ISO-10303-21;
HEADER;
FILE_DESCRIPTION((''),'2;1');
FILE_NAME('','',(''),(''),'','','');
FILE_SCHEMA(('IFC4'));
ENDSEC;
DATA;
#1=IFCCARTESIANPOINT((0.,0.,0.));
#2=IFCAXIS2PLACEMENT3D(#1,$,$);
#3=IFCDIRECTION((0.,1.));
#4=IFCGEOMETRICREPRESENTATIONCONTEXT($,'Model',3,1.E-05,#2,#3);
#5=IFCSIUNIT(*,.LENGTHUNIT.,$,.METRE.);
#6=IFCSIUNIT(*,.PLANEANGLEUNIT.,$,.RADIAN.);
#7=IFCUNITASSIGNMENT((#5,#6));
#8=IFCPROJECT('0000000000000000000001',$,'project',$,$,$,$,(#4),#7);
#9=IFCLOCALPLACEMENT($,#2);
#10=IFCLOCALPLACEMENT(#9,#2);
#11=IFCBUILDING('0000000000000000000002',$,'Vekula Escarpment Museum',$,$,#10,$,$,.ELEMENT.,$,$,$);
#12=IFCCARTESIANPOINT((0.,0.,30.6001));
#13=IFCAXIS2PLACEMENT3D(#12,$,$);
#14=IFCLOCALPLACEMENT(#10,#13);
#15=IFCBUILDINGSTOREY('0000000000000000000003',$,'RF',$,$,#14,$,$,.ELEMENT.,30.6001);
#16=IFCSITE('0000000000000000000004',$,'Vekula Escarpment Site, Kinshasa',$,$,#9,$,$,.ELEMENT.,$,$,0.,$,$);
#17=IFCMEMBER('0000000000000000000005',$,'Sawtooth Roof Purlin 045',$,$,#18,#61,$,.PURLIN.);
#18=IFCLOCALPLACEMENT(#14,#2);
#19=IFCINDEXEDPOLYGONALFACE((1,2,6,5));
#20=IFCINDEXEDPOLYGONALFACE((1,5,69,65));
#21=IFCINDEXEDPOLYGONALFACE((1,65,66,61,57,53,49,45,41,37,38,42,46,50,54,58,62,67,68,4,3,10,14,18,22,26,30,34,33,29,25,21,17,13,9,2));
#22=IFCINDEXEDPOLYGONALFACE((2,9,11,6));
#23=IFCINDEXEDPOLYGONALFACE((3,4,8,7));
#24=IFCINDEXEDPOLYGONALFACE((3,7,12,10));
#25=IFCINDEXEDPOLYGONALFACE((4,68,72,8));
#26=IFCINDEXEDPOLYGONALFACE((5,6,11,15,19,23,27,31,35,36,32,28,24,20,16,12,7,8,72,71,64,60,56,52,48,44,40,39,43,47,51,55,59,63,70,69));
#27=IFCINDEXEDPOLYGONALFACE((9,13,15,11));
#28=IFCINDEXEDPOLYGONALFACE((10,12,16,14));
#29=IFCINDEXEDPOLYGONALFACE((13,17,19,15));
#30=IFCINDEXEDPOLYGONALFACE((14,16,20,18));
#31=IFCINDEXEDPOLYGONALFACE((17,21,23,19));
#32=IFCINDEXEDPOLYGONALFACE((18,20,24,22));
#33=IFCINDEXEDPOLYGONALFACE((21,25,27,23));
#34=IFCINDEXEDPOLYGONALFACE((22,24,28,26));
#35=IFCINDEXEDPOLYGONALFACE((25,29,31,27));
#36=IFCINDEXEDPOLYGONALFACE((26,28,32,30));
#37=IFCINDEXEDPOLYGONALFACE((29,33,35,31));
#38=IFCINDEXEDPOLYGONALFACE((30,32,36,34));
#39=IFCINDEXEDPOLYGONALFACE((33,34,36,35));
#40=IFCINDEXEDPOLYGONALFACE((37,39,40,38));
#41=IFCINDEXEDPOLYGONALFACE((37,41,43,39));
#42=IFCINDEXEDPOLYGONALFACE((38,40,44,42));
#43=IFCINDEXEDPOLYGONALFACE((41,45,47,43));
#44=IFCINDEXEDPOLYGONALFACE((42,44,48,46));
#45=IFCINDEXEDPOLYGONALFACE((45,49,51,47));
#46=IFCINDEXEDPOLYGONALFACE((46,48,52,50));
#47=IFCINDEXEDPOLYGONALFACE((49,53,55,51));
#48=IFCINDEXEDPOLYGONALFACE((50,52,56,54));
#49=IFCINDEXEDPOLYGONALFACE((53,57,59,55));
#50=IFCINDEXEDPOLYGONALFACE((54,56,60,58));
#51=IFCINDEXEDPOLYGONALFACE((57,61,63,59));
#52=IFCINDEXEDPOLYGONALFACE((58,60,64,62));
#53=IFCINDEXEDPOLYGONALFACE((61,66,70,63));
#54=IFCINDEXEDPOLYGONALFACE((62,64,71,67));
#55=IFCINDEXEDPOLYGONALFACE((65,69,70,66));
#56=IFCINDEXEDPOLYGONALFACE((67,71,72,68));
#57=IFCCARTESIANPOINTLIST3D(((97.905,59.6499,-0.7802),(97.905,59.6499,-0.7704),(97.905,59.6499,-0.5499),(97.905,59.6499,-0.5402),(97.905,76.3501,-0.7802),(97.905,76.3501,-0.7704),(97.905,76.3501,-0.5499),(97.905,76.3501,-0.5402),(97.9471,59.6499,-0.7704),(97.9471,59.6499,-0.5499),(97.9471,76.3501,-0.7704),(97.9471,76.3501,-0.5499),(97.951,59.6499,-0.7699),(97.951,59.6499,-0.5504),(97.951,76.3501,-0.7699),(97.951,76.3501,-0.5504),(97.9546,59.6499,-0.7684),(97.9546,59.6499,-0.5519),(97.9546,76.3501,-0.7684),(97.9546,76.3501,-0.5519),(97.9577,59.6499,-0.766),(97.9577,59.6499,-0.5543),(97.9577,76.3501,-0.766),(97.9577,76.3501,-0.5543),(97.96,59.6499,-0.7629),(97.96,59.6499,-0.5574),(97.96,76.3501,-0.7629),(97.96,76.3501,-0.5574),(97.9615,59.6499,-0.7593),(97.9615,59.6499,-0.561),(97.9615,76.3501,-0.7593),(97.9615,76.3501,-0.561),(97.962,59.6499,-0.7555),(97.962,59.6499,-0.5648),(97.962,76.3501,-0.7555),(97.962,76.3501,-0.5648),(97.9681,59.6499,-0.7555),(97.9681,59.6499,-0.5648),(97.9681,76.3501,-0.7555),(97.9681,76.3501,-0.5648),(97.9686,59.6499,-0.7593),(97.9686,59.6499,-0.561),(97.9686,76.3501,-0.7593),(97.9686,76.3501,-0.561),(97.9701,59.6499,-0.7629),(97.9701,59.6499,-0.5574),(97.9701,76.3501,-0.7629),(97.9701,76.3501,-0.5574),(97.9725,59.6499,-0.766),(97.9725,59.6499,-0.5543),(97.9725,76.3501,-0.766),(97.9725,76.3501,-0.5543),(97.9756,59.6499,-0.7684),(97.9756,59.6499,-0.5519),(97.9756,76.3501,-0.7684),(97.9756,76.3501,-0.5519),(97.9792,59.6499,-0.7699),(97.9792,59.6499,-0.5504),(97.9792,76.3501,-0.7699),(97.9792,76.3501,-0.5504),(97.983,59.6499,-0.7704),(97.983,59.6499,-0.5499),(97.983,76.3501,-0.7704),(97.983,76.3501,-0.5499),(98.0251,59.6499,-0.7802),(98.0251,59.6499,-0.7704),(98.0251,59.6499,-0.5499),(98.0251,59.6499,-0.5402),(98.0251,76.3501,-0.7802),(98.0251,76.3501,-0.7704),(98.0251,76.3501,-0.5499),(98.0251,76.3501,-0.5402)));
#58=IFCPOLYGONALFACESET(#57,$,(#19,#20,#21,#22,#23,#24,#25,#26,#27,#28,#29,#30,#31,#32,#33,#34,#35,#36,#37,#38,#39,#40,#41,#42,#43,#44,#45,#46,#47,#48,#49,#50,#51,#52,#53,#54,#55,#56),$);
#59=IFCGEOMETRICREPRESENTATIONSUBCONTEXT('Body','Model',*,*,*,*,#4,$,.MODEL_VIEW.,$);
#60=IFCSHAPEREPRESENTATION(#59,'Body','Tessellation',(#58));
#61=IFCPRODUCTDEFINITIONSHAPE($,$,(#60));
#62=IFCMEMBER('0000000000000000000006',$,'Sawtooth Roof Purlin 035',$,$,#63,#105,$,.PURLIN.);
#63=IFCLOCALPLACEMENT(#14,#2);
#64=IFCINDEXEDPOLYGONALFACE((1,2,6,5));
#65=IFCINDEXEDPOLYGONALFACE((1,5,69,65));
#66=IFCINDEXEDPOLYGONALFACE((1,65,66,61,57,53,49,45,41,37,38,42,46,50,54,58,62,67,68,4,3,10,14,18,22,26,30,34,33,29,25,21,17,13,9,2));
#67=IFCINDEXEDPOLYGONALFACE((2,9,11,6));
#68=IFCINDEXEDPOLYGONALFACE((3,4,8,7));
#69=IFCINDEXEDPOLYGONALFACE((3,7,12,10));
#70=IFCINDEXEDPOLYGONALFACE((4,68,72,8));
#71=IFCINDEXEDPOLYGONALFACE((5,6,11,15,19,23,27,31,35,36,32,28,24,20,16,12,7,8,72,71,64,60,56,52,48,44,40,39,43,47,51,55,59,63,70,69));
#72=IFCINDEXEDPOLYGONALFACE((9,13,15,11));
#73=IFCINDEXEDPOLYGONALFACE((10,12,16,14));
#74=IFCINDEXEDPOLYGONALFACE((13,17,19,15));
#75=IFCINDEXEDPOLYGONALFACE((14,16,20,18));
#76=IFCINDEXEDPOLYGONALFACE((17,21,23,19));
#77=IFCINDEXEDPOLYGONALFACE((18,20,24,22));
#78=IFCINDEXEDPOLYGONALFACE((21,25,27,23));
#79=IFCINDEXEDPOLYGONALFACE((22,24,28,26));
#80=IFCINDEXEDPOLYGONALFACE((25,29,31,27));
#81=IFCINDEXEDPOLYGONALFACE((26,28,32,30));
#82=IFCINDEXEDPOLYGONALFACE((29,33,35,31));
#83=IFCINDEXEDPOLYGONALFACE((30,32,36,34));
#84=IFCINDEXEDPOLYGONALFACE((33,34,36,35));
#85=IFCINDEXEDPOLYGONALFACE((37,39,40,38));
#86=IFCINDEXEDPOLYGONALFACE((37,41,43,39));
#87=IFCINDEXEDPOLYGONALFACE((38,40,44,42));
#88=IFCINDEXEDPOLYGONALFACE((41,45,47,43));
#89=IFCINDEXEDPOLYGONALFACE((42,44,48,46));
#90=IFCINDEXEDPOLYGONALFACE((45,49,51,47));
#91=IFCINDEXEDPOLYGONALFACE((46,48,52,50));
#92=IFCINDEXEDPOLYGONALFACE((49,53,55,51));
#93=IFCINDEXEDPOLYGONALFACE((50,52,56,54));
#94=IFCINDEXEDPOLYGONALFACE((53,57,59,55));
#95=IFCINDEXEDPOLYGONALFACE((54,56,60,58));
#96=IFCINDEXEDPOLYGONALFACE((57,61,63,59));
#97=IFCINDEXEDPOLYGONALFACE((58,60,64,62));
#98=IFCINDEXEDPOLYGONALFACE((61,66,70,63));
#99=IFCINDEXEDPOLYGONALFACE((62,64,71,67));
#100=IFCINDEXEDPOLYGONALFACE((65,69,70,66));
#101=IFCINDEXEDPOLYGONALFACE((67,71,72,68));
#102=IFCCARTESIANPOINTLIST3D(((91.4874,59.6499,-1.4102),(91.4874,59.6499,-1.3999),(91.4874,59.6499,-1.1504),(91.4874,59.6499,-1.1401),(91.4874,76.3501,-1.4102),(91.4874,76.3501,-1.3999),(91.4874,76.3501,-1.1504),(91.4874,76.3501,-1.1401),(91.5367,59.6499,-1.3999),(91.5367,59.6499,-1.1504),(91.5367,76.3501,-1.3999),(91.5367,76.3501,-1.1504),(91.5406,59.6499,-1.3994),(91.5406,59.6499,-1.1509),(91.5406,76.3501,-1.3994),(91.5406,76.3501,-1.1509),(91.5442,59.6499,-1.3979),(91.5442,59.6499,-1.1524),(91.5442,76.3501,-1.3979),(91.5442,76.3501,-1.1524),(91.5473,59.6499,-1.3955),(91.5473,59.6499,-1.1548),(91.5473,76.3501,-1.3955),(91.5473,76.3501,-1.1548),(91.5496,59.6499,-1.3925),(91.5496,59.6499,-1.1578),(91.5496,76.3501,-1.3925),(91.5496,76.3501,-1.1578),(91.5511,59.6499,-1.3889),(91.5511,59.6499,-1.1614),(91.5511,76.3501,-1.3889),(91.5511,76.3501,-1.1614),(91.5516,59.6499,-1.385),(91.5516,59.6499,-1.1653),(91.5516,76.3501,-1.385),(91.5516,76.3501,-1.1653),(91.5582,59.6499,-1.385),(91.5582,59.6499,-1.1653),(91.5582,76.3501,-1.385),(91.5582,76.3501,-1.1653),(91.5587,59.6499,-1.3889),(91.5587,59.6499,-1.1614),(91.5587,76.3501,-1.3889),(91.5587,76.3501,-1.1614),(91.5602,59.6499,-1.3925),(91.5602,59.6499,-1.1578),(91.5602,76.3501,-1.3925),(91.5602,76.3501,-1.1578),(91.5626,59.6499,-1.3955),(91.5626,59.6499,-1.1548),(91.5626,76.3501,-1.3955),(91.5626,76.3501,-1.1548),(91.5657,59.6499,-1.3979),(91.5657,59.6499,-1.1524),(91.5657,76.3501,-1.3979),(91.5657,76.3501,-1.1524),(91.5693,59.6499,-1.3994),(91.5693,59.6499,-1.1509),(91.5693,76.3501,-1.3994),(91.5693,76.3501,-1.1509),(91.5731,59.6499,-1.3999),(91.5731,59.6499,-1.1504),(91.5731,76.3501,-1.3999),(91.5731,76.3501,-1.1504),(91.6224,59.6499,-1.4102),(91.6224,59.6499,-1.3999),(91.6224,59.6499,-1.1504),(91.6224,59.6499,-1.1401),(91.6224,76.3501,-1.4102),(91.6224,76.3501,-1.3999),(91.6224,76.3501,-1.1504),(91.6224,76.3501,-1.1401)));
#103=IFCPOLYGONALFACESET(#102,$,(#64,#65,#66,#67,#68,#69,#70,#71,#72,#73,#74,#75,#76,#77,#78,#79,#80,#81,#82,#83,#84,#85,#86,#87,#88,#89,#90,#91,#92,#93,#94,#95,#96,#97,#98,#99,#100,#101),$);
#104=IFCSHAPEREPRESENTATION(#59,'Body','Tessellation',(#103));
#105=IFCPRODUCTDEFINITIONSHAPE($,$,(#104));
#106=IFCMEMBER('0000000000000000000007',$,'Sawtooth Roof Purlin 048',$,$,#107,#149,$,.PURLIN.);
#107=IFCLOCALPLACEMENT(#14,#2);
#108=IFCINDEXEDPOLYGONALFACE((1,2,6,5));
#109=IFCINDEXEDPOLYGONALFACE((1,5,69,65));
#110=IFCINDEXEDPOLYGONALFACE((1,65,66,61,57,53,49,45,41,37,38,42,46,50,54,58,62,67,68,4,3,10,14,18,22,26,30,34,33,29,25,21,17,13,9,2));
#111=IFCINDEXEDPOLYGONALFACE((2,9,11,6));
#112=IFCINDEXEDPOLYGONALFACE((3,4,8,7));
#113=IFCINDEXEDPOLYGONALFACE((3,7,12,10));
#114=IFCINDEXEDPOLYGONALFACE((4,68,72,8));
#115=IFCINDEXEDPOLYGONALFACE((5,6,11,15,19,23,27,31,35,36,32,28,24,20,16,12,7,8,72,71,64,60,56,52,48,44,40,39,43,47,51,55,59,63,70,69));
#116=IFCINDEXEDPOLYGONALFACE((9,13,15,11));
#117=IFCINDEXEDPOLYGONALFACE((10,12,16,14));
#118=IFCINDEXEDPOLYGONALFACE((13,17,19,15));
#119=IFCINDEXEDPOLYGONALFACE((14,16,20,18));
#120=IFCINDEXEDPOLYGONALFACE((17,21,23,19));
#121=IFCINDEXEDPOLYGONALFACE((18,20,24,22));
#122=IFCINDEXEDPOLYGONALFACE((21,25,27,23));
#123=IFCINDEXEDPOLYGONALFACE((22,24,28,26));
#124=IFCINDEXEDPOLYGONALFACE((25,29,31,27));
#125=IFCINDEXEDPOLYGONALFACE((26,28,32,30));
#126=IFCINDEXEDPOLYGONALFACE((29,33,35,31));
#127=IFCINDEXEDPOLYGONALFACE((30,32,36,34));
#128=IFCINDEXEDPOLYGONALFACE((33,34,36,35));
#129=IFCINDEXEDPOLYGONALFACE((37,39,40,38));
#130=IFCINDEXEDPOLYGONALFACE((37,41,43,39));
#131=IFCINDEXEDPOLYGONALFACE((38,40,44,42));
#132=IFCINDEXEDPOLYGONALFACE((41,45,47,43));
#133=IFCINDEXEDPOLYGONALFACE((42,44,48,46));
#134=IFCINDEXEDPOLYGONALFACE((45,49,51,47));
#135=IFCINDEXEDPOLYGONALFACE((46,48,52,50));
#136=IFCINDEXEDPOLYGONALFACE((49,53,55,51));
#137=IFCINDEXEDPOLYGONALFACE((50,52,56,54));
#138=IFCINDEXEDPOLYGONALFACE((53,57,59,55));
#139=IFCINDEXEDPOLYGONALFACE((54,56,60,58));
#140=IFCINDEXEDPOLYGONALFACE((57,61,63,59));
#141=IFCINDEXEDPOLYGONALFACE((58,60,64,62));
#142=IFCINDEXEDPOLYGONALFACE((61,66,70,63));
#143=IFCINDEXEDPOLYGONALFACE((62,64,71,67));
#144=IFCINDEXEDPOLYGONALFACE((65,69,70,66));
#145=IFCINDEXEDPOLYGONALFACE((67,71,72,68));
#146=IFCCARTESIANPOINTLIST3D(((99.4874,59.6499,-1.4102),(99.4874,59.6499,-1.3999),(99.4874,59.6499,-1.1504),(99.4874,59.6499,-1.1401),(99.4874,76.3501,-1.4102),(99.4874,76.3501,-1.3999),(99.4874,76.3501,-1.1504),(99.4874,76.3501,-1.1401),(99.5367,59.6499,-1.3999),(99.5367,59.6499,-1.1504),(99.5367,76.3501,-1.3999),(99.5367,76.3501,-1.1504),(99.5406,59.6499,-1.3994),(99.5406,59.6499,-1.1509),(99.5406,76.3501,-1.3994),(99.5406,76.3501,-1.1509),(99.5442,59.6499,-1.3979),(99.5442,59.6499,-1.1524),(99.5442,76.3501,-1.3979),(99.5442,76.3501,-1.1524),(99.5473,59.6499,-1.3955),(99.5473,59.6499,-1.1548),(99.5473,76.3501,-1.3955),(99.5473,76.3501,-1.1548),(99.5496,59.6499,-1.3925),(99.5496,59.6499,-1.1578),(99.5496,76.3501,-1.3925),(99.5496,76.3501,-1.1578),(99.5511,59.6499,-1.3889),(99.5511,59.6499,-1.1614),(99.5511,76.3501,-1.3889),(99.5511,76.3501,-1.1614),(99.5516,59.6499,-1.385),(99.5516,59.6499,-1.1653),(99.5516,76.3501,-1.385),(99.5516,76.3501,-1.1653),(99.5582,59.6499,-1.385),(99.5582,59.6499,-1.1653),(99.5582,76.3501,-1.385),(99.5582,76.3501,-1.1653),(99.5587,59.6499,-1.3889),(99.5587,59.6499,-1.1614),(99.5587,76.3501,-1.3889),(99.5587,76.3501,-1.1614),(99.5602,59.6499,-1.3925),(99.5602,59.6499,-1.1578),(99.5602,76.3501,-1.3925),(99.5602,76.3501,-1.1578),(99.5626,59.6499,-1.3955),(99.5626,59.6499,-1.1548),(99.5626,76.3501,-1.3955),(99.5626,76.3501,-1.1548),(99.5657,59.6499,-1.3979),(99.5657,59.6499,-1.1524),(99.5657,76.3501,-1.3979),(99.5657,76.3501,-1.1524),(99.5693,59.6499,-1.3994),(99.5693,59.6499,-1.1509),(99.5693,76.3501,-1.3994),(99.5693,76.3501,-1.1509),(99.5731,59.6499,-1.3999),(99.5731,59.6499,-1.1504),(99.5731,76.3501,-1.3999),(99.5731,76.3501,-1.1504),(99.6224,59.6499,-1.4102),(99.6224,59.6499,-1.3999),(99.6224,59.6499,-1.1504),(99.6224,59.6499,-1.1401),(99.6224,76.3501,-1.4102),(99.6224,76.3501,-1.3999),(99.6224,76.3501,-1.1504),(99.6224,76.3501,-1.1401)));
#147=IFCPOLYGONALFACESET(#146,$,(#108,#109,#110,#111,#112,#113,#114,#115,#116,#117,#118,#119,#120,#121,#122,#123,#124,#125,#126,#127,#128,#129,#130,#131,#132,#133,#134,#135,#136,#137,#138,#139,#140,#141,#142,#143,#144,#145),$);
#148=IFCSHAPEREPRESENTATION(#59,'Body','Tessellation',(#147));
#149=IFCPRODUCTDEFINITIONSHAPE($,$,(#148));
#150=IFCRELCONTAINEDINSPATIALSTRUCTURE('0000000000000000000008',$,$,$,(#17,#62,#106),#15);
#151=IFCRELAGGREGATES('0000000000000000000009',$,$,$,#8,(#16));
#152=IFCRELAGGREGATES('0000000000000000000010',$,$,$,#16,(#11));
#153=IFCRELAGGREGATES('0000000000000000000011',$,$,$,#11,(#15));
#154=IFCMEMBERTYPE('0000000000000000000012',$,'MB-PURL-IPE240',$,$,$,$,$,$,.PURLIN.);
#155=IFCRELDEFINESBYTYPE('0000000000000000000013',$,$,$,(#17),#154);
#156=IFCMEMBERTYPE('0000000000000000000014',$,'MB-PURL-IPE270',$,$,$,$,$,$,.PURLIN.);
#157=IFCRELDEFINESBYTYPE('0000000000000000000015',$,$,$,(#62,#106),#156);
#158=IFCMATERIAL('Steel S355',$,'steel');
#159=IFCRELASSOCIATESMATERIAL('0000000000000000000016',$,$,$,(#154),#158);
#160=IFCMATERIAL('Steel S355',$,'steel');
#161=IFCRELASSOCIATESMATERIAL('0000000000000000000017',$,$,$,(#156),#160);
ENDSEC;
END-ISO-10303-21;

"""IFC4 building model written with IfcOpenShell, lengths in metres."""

from ifc_helpers import new_model, si_unit, direction, frame, origin, origin_2d, place, context, subcontext, project, spatial, i_section, extrude, material, material_profile, profile_set, type_object, element, save


model = new_model("IFC4")

# Units and contexts
model_context = context("Model", 3, precision=1e-05, world=origin(), true_north=direction((0.0, 1.0)))
body_context = subcontext(model_context, "Body", "Model", "MODEL_VIEW")
ifc_project = project(units=[si_unit("LENGTHUNIT", "METRE"), si_unit("PLANEANGLEUNIT", "RADIAN")], contexts=[model_context])

# Site, building, storey
site_placement = place(None, origin())
site = spatial("IfcSite", under=ifc_project, at=site_placement, Name="Vekula Escarpment Site, Kinshasa", CompositionType="ELEMENT", RefElevation=0.0)
building_placement = place(site_placement, origin())
building = spatial("IfcBuilding", under=site, at=building_placement, Name="Vekula Escarpment Museum", CompositionType="ELEMENT")
storey_placement = place(building_placement, frame((0.0, 0.0, 30.6001)))
storey = spatial("IfcBuildingStorey", under=building, at=storey_placement, Name="RF", CompositionType="ELEMENT", Elevation=30.6001)

# Members
ifc_material_1 = material(Name="Steel S355", Category="steel")
ifc_material_profile_1 = material_profile(ifc_material_1, i_section(OverallWidth=0.1201, OverallDepth=0.24, WebThickness=0.0061, FlangeThickness=0.0098, FilletRadius=0.0149, at=origin_2d()), Name="IPE 240")
ifc_profile_set_1 = profile_set([ifc_material_profile_1], Name="Steel S355")
member_type_1 = type_object("IfcMemberType", Name="MB-PURL-IPE240", PredefinedType="PURLIN", material=ifc_profile_set_1)
member_placement = place(storey_placement, frame((97.9651, 59.6499, -0.6602), z_axis=(0.0, 1.0, 0.0), x_axis=(-1.0, 0.0, 0.0)))
element("IfcMember", 1, at=member_placement, inside=storey, type_object=member_type_1, Name="Sawtooth Roof Purlin 045", PredefinedType="PURLIN", context=body_context, shape_type="SweptSolid", body=[
    extrude(i_section(OverallWidth=0.1201, OverallDepth=0.24, WebThickness=0.0061, FlangeThickness=0.0098, FilletRadius=0.0149, at=origin_2d()), origin(), (0.0, 0.0, 1.0), 16.7002),
])
ifc_material_2 = material(Name="Steel S355", Category="steel")
ifc_material_profile_2 = material_profile(ifc_material_2, i_section(OverallWidth=0.135, OverallDepth=0.27, WebThickness=0.0066, FlangeThickness=0.0103, FilletRadius=0.0149, at=origin_2d()), Name="IPE 270")
ifc_profile_set_2 = profile_set([ifc_material_profile_2], Name="Steel S355")
member_type_2 = type_object("IfcMemberType", Name="MB-PURL-IPE270", PredefinedType="PURLIN", material=ifc_profile_set_2)
for number, where, z_axis, x_axis, name in (
    (2, (91.5549, 59.6499, -1.2751), (0.0, 1.0, 0.0), (-1.0, 0.0, 0.0), "Sawtooth Roof Purlin 035"),
    (3, (99.5549, 59.6499, -1.2751), (0.0, 1.0, 0.0), (-1.0, 0.0, 0.0), "Sawtooth Roof Purlin 048"),
):
    element("IfcMember", number, at=place(storey_placement, frame(where, z_axis=z_axis, x_axis=x_axis)), inside=storey, type_object=member_type_2, Name=name, PredefinedType="PURLIN", context=body_context, shape_type="SweptSolid", body=[
        extrude(i_section(OverallWidth=0.135, OverallDepth=0.27, WebThickness=0.0066, FlangeThickness=0.0103, FilletRadius=0.0149, at=origin_2d()), origin(), (0.0, 0.0, 1.0), 16.7002),
    ])

save(model, "model.ifc")
